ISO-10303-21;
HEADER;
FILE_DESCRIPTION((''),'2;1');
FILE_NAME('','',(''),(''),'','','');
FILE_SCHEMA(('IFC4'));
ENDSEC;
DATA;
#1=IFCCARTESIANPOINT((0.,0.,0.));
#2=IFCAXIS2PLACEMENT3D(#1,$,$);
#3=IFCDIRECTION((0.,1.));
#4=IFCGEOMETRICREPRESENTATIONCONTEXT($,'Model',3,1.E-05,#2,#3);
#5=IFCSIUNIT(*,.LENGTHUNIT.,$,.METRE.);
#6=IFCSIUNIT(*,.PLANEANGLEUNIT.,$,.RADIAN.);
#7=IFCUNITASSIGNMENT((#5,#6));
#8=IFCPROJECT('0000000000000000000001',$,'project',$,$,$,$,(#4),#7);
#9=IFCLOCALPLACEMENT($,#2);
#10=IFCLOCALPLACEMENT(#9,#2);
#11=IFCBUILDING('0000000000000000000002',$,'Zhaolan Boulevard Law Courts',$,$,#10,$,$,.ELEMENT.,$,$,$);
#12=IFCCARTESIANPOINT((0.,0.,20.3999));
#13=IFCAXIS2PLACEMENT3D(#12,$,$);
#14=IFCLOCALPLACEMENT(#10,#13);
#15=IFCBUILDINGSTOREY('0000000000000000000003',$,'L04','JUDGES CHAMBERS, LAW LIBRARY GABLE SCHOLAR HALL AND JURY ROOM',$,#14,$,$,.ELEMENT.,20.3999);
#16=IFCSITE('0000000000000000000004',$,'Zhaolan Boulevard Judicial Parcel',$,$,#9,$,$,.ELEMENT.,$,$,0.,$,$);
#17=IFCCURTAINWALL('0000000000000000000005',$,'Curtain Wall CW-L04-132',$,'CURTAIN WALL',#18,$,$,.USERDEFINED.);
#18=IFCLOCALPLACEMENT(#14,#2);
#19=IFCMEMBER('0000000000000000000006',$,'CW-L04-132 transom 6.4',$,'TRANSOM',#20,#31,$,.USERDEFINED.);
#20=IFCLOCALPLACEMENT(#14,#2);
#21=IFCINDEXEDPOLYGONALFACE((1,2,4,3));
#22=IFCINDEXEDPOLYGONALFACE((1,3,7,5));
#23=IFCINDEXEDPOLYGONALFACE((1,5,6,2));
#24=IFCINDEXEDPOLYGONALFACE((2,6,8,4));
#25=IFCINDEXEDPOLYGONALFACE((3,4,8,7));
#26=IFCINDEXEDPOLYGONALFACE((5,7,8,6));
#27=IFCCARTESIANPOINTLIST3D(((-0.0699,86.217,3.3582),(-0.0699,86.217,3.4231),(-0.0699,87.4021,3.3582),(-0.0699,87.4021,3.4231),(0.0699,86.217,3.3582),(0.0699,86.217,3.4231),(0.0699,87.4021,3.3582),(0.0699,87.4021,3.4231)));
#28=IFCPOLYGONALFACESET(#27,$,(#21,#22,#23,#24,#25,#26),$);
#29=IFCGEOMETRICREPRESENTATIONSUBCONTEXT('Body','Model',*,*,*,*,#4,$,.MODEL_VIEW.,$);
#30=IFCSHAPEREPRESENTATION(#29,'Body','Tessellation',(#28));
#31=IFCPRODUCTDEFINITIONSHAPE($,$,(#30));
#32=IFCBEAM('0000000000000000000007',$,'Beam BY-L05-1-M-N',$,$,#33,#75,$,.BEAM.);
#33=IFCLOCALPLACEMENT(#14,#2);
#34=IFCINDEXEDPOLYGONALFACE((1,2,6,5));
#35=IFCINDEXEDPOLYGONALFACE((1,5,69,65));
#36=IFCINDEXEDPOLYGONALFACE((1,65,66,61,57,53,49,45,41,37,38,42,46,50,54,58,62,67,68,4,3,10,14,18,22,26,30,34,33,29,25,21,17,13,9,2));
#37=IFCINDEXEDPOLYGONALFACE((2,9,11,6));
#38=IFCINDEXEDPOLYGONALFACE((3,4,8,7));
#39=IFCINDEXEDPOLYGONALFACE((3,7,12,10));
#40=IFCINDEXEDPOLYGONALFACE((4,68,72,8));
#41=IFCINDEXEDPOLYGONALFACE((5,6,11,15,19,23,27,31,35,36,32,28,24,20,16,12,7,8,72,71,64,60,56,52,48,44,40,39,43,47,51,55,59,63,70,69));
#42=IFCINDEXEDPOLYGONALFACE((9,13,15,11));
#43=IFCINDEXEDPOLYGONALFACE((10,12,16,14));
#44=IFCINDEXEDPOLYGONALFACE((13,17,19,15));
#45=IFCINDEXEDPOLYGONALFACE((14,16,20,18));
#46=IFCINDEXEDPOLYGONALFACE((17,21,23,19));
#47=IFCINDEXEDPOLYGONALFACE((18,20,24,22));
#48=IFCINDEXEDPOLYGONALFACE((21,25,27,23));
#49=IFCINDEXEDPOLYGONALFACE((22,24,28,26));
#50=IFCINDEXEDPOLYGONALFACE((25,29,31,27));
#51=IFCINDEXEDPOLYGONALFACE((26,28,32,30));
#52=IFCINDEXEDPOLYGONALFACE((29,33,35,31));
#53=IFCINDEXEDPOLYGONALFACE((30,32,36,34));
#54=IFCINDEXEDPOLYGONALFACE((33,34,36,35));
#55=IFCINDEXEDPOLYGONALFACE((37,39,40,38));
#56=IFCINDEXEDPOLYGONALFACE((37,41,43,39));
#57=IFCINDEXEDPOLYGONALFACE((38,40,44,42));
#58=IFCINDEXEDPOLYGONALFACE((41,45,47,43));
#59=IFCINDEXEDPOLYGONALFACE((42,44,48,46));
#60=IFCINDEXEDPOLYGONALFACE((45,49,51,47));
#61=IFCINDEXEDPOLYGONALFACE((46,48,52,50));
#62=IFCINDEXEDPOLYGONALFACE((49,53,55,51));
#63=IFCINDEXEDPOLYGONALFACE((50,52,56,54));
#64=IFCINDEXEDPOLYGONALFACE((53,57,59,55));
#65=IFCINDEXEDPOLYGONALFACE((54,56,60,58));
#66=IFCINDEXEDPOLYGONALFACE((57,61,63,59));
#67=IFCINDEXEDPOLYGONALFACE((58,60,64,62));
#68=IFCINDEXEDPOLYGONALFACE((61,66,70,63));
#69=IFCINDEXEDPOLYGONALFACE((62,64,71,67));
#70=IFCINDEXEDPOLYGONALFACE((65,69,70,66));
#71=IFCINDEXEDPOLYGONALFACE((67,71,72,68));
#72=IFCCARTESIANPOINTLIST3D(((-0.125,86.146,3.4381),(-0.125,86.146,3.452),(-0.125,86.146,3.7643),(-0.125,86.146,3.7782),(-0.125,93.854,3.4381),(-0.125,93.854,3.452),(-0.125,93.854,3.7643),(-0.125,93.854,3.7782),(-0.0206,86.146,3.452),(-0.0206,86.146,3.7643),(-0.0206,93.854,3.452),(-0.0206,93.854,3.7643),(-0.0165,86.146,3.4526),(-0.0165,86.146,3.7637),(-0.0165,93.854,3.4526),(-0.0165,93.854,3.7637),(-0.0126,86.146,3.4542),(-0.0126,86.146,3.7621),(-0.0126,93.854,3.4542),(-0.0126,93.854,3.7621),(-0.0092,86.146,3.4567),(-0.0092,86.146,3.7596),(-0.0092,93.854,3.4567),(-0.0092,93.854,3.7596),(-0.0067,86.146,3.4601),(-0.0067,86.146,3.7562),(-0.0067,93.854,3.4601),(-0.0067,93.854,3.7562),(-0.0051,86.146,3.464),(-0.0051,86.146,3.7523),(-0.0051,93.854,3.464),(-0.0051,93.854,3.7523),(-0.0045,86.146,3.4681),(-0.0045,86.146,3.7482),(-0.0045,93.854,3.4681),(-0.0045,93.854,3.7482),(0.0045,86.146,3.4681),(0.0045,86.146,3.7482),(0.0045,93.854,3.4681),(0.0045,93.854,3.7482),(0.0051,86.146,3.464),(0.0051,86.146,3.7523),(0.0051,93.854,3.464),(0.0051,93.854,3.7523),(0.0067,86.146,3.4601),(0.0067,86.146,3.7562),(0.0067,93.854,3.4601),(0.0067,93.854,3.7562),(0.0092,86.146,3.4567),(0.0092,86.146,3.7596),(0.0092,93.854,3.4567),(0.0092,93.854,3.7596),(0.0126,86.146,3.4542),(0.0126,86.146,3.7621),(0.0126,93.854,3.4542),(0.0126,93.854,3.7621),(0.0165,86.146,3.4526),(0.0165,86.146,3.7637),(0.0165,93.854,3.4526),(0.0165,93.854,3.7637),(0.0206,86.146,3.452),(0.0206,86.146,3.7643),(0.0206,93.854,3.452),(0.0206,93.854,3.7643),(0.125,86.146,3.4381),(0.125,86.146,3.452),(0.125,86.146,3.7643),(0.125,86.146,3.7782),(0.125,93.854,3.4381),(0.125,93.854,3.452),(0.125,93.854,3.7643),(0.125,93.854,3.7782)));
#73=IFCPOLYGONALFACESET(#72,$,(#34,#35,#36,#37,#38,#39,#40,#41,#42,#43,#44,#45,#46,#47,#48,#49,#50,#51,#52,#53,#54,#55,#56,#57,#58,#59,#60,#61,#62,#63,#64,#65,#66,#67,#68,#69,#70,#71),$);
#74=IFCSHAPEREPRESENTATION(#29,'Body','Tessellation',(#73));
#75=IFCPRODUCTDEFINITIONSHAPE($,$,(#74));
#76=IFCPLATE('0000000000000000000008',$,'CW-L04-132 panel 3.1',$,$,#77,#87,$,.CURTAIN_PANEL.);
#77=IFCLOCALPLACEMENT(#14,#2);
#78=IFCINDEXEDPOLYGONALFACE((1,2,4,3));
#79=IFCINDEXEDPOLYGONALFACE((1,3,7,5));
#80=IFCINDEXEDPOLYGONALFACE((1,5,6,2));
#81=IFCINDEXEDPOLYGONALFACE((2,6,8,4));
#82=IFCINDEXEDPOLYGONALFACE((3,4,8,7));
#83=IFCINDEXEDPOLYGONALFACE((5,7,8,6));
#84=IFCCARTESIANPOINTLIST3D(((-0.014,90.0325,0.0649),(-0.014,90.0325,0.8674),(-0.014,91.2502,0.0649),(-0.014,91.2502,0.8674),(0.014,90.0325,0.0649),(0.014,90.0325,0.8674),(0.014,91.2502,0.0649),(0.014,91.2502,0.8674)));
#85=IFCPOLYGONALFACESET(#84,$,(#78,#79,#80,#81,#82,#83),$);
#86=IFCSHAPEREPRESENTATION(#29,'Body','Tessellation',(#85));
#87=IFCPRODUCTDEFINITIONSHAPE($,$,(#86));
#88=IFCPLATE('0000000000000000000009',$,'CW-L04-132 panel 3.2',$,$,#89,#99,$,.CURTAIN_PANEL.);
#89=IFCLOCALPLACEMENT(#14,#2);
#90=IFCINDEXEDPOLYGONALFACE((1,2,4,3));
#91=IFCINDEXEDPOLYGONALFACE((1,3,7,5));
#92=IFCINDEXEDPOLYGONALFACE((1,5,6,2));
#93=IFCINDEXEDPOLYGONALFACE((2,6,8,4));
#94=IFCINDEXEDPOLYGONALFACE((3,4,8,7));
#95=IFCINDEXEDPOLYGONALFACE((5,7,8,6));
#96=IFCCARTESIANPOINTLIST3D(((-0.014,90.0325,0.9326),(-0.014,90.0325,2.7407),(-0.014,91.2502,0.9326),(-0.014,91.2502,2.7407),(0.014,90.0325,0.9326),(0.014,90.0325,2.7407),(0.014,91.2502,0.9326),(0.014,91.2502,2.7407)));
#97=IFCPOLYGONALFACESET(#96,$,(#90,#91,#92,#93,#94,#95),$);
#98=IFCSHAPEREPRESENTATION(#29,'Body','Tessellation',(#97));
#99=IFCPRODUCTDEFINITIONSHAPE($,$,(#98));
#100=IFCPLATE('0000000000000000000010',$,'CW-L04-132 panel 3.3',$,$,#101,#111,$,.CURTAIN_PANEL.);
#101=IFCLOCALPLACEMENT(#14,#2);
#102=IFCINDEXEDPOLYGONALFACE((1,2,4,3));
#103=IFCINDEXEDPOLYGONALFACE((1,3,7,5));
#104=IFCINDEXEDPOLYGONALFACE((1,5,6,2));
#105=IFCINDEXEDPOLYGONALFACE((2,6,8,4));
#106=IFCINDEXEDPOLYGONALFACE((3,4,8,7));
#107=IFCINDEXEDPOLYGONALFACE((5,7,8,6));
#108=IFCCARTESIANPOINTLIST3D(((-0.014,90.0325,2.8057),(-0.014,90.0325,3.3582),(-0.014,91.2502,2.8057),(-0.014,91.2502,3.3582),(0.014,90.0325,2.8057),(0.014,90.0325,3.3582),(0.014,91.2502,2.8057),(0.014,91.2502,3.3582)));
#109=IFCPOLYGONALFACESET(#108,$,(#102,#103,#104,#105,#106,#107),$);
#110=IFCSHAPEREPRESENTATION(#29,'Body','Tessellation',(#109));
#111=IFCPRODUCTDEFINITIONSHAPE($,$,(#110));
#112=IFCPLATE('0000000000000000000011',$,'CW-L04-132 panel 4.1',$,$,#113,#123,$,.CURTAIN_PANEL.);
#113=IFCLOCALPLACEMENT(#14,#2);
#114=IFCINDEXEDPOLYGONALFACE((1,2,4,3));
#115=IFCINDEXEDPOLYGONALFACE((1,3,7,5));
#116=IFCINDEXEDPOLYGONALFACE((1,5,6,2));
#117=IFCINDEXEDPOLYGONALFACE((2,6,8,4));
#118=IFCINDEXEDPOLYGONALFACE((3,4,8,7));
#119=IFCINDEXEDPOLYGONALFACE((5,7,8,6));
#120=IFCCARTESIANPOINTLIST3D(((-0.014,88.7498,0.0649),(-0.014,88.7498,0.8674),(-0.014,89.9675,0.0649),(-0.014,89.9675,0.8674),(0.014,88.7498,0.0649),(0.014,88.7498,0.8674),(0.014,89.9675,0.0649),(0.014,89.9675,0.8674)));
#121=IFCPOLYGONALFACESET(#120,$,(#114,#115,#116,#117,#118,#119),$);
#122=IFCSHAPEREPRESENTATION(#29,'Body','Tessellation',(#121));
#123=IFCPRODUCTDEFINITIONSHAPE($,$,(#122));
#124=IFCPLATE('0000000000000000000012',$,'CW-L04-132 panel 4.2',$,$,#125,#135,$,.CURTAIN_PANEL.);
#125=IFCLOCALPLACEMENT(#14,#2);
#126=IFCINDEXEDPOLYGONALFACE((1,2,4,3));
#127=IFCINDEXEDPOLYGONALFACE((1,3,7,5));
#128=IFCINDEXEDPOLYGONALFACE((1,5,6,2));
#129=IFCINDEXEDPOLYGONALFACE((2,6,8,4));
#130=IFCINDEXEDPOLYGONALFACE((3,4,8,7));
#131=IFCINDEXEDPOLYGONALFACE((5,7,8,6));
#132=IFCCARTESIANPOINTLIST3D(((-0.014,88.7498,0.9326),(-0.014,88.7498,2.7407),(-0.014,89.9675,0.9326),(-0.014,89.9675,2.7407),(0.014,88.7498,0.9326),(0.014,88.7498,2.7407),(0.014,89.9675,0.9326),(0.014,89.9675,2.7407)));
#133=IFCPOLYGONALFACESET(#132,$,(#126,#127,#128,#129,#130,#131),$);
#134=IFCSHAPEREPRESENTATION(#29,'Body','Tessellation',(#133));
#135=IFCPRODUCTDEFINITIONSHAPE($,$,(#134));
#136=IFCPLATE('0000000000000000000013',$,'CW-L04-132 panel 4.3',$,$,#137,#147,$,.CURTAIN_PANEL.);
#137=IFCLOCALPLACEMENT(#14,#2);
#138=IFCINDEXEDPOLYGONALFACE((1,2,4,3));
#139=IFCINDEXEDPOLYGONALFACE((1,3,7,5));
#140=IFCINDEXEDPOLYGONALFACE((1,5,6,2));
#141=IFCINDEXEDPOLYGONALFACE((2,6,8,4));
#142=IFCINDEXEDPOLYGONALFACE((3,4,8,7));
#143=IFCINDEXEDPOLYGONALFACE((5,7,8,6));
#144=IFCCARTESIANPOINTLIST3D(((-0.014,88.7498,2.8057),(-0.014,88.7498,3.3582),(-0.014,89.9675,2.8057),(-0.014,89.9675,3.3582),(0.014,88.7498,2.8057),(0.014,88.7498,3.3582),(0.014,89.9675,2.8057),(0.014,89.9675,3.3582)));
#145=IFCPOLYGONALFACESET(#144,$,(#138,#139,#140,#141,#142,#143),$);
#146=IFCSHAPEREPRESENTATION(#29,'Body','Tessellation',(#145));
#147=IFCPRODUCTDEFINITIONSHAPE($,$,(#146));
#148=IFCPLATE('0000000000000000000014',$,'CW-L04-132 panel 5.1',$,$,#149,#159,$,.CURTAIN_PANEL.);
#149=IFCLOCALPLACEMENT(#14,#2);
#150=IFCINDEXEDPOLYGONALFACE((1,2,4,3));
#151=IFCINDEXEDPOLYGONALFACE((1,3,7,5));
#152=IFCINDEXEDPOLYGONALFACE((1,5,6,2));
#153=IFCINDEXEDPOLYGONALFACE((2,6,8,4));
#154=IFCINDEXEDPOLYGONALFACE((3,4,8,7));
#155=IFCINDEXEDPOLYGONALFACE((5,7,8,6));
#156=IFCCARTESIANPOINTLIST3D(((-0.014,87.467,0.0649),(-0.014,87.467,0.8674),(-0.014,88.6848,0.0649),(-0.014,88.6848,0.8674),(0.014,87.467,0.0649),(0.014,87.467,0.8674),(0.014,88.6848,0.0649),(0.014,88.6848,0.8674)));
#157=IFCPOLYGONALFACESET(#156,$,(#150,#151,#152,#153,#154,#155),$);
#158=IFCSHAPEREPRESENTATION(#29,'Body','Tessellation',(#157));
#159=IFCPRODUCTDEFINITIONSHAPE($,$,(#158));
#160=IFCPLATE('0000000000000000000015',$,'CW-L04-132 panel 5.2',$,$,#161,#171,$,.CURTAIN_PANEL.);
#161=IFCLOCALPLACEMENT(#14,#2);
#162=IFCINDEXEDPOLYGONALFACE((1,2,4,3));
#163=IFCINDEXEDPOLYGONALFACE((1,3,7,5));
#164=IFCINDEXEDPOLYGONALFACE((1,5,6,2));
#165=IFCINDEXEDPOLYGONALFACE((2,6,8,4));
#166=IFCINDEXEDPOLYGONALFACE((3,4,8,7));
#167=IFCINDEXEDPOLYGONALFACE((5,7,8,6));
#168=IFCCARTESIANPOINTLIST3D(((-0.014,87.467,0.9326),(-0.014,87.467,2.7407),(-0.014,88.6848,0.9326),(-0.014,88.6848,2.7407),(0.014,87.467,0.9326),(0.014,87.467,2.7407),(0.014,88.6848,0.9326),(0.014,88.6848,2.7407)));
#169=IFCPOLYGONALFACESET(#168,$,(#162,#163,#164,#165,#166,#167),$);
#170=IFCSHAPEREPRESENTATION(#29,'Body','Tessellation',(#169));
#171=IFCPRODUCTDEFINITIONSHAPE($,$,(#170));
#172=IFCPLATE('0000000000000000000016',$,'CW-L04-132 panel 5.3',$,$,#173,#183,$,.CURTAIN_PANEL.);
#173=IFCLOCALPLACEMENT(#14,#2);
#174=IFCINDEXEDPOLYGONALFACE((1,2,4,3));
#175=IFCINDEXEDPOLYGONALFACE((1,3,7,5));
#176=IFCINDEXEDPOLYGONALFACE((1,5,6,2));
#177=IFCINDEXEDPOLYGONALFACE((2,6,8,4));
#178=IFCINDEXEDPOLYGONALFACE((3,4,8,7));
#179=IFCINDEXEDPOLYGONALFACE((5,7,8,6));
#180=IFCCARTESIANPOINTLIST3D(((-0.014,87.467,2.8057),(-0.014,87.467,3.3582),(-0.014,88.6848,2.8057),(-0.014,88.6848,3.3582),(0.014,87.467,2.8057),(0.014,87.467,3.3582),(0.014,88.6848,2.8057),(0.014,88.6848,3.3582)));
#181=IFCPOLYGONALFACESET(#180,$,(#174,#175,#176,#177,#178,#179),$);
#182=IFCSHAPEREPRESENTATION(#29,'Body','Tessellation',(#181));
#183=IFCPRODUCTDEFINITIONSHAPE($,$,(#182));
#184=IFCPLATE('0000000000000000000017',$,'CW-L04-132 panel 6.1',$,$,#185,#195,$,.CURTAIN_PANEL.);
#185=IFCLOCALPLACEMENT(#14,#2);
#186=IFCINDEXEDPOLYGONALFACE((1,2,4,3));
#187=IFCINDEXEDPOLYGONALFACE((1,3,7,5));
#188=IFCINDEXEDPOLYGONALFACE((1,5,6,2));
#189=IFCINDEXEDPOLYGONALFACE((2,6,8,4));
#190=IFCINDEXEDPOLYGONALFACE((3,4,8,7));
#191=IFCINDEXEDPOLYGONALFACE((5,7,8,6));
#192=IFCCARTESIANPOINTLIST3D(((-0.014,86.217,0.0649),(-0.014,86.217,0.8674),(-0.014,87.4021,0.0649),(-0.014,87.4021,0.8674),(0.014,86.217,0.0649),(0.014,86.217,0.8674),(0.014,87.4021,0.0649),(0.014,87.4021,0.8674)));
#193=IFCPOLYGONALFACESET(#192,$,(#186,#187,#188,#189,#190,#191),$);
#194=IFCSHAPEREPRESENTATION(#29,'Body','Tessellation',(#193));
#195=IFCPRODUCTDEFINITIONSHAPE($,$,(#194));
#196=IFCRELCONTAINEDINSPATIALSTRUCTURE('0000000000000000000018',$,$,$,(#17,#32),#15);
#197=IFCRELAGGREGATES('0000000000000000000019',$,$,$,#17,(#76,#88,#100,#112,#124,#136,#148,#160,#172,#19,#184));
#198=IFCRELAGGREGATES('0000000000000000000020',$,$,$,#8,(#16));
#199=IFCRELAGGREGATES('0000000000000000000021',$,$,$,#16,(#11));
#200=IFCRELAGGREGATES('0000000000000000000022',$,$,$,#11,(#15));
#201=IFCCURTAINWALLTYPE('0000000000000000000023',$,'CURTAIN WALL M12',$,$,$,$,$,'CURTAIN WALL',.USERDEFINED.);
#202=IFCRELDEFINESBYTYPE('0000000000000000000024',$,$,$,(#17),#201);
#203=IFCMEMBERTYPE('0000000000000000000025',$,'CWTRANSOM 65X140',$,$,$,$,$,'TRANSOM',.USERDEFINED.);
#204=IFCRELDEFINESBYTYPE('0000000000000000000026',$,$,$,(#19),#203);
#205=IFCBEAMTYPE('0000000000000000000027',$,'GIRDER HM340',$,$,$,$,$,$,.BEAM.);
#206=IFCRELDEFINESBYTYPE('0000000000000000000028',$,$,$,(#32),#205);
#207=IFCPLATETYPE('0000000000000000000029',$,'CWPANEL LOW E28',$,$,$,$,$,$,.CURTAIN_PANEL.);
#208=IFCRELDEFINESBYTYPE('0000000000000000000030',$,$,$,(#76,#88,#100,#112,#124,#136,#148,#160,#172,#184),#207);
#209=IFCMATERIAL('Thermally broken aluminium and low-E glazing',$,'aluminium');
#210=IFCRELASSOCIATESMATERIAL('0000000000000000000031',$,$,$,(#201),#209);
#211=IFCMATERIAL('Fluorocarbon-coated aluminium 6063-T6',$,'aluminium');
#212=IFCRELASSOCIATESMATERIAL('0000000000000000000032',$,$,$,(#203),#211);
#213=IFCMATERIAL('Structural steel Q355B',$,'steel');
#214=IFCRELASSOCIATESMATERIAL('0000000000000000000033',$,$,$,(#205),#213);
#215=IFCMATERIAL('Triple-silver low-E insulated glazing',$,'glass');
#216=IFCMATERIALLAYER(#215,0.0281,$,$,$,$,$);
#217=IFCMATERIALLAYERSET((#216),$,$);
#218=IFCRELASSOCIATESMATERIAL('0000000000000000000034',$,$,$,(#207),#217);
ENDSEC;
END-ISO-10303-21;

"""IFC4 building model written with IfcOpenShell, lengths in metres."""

from ifc_helpers import new_model, si_unit, direction, frame, origin, origin_2d, place, context, subcontext, project, spatial, rectangle, i_section, extrude, material, layer, layer_set, material_profile, profile_set, type_object, element, aggregate, save


model = new_model("IFC4")

# Units and contexts
model_context = context("Model", 3, precision=1e-05, world=origin(), true_north=direction((0.0, 1.0)))
body_context = subcontext(model_context, "Body", "Model", "MODEL_VIEW")
ifc_project = project(units=[si_unit("LENGTHUNIT", "METRE"), si_unit("PLANEANGLEUNIT", "RADIAN")], contexts=[model_context])

# Site, building, storey
site_placement = place(None, origin())
site = spatial("IfcSite", under=ifc_project, at=site_placement, Name="Zhaolan Boulevard Judicial Parcel", CompositionType="ELEMENT", RefElevation=0.0)
building_placement = place(site_placement, origin())
building = spatial("IfcBuilding", under=site, at=building_placement, Name="Zhaolan Boulevard Law Courts", CompositionType="ELEMENT")
storey_placement = place(building_placement, frame((0.0, 0.0, 20.3999)))
storey = spatial("IfcBuildingStorey", under=building, at=storey_placement, Name="L04", Description="JUDGES CHAMBERS, LAW LIBRARY GABLE SCHOLAR HALL AND JURY ROOM", CompositionType="ELEMENT", Elevation=20.3999)

# Curtain wall, member
ifc_material_1 = material(Name="Thermally broken aluminium and low-E glazing", Category="aluminium")
curtain_wall_type = type_object("IfcCurtainWallType", Name="CURTAIN WALL M12", ElementType="CURTAIN WALL", PredefinedType="USERDEFINED", material=ifc_material_1)
curtain_wall_placement = place(storey_placement, origin())
curtain_wall = element("IfcCurtainWall", 1, at=curtain_wall_placement, inside=storey, type_object=curtain_wall_type, Name="Curtain Wall CW-L04-132", ObjectType="CURTAIN WALL", PredefinedType="USERDEFINED")
ifc_material_2 = material(Name="Fluorocarbon-coated aluminium 6063-T6", Category="aluminium")
ifc_material_profile_1 = material_profile(ifc_material_2, rectangle(XDim=0.1399, YDim=0.0649, at=origin_2d()), Name="AL65x140")
ifc_profile_set_1 = profile_set([ifc_material_profile_1], Name="Fluorocarbon-coated aluminium 6063-T6")
member_type_1 = type_object("IfcMemberType", Name="CWTRANSOM 65X140", ElementType="TRANSOM", PredefinedType="USERDEFINED", material=ifc_profile_set_1)
member_1_placement = place(storey_placement, frame((0.0, 87.4021, 3.3906), z_axis=(0.0, -1.0, 0.0), x_axis=(1.0, 0.0, 0.0)))
member_1 = element("IfcMember", 2, at=member_1_placement, type_object=member_type_1, Name="CW-L04-132 transom 6.4", ObjectType="TRANSOM", PredefinedType="USERDEFINED", context=body_context, shape_type="SweptSolid", body=[
    extrude(rectangle(XDim=0.1399, YDim=0.0649, at=origin_2d()), origin(), (0.0, 0.0, 1.0), 1.1851),
])

# Beam
ifc_material_3 = material(Name="Structural steel Q355B", Category="steel")
ifc_material_profile_2 = material_profile(ifc_material_3, i_section(OverallWidth=0.25, OverallDepth=0.3401, WebThickness=0.009, FlangeThickness=0.0139, FilletRadius=0.0161, at=origin_2d()), Name="HM340x250")
ifc_profile_set_2 = profile_set([ifc_material_profile_2], Name="Structural steel Q355B")
beam_type = type_object("IfcBeamType", Name="GIRDER HM340", PredefinedType="BEAM", material=ifc_profile_set_2)
beam_placement = place(storey_placement, frame((0.0, 86.146, 3.6082), z_axis=(0.0, 1.0, 0.0), x_axis=(-1.0, 0.0, 0.0)))
element("IfcBeam", 3, at=beam_placement, inside=storey, type_object=beam_type, Name="Beam BY-L05-1-M-N", PredefinedType="BEAM", context=body_context, shape_type="SweptSolid", body=[
    extrude(i_section(OverallWidth=0.25, OverallDepth=0.3401, WebThickness=0.009, FlangeThickness=0.0139, FilletRadius=0.0161, at=origin_2d()), origin(), (0.0, 0.0, 1.0), 7.708),
])

# Plates
ifc_material_4 = material(Name="Triple-silver low-E insulated glazing", Category="glass")
ifc_layer = layer(ifc_material_4, 0.0281)
ifc_layer_set = layer_set([ifc_layer])
plate_type = type_object("IfcPlateType", Name="CWPANEL LOW E28", PredefinedType="CURTAIN_PANEL", material=ifc_layer_set)
plate_1_placement = place(storey_placement, frame((0.0, 90.6414, 0.0649), z_axis=(0.0, 0.0, 1.0), x_axis=(0.0, -1.0, 0.0)))
plate_1 = element("IfcPlate", 4, at=plate_1_placement, type_object=plate_type, Name="CW-L04-132 panel 3.1", PredefinedType="CURTAIN_PANEL", context=body_context, shape_type="SweptSolid", body=[
    extrude(rectangle(XDim=1.2178, YDim=0.0281, at=origin_2d()), origin(), (0.0, 0.0, 1.0), 0.8025),
])
plate_2_placement = place(storey_placement, frame((0.0, 90.6414, 0.9326), z_axis=(0.0, 0.0, 1.0), x_axis=(0.0, -1.0, 0.0)))
plate_2 = element("IfcPlate", 5, at=plate_2_placement, type_object=plate_type, Name="CW-L04-132 panel 3.2", PredefinedType="CURTAIN_PANEL", context=body_context, shape_type="SweptSolid", body=[
    extrude(rectangle(XDim=1.2178, YDim=0.0281, at=origin_2d()), origin(), (0.0, 0.0, 1.0), 1.8081),
])
plate_3_placement = place(storey_placement, frame((0.0, 90.6414, 2.8057), z_axis=(0.0, 0.0, 1.0), x_axis=(0.0, -1.0, 0.0)))
plate_3 = element("IfcPlate", 6, at=plate_3_placement, type_object=plate_type, Name="CW-L04-132 panel 3.3", PredefinedType="CURTAIN_PANEL", context=body_context, shape_type="SweptSolid", body=[
    extrude(rectangle(XDim=1.2178, YDim=0.0281, at=origin_2d()), origin(), (0.0, 0.0, 1.0), 0.5525),
])
plate_4_placement = place(storey_placement, frame((0.0, 89.3586, 0.0649), z_axis=(0.0, 0.0, 1.0), x_axis=(0.0, -1.0, 0.0)))
plate_4 = element("IfcPlate", 7, at=plate_4_placement, type_object=plate_type, Name="CW-L04-132 panel 4.1", PredefinedType="CURTAIN_PANEL", context=body_context, shape_type="SweptSolid", body=[
    extrude(rectangle(XDim=1.2178, YDim=0.0281, at=origin_2d()), origin(), (0.0, 0.0, 1.0), 0.8025),
])
plate_5_placement = place(storey_placement, frame((0.0, 89.3586, 0.9326), z_axis=(0.0, 0.0, 1.0), x_axis=(0.0, -1.0, 0.0)))
plate_5 = element("IfcPlate", 8, at=plate_5_placement, type_object=plate_type, Name="CW-L04-132 panel 4.2", PredefinedType="CURTAIN_PANEL", context=body_context, shape_type="SweptSolid", body=[
    extrude(rectangle(XDim=1.2178, YDim=0.0281, at=origin_2d()), origin(), (0.0, 0.0, 1.0), 1.8081),
])
plate_6_placement = place(storey_placement, frame((0.0, 89.3586, 2.8057), z_axis=(0.0, 0.0, 1.0), x_axis=(0.0, -1.0, 0.0)))
plate_6 = element("IfcPlate", 9, at=plate_6_placement, type_object=plate_type, Name="CW-L04-132 panel 4.3", PredefinedType="CURTAIN_PANEL", context=body_context, shape_type="SweptSolid", body=[
    extrude(rectangle(XDim=1.2178, YDim=0.0281, at=origin_2d()), origin(), (0.0, 0.0, 1.0), 0.5525),
])
plate_7_placement = place(storey_placement, frame((0.0, 88.0759, 0.0649), z_axis=(0.0, 0.0, 1.0), x_axis=(0.0, -1.0, 0.0)))
plate_7 = element("IfcPlate", 10, at=plate_7_placement, type_object=plate_type, Name="CW-L04-132 panel 5.1", PredefinedType="CURTAIN_PANEL", context=body_context, shape_type="SweptSolid", body=[
    extrude(rectangle(XDim=1.2178, YDim=0.0281, at=origin_2d()), origin(), (0.0, 0.0, 1.0), 0.8025),
])
plate_8_placement = place(storey_placement, frame((0.0, 88.0759, 0.9326), z_axis=(0.0, 0.0, 1.0), x_axis=(0.0, -1.0, 0.0)))
plate_8 = element("IfcPlate", 11, at=plate_8_placement, type_object=plate_type, Name="CW-L04-132 panel 5.2", PredefinedType="CURTAIN_PANEL", context=body_context, shape_type="SweptSolid", body=[
    extrude(rectangle(XDim=1.2178, YDim=0.0281, at=origin_2d()), origin(), (0.0, 0.0, 1.0), 1.8081),
])
plate_9_placement = place(storey_placement, frame((0.0, 88.0759, 2.8057), z_axis=(0.0, 0.0, 1.0), x_axis=(0.0, -1.0, 0.0)))
plate_9 = element("IfcPlate", 12, at=plate_9_placement, type_object=plate_type, Name="CW-L04-132 panel 5.3", PredefinedType="CURTAIN_PANEL", context=body_context, shape_type="SweptSolid", body=[
    extrude(rectangle(XDim=1.2178, YDim=0.0281, at=origin_2d()), origin(), (0.0, 0.0, 1.0), 0.5525),
])
plate_10_placement = place(storey_placement, frame((0.0, 86.8096, 0.0649), z_axis=(0.0, 0.0, 1.0), x_axis=(0.0, -1.0, 0.0)))
plate_10 = element("IfcPlate", 13, at=plate_10_placement, type_object=plate_type, Name="CW-L04-132 panel 6.1", PredefinedType="CURTAIN_PANEL", context=body_context, shape_type="SweptSolid", body=[
    extrude(rectangle(XDim=1.1851, YDim=0.0281, at=origin_2d()), origin(), (0.0, 0.0, 1.0), 0.8025),
])
aggregate(curtain_wall, [plate_1, plate_2, plate_3, plate_4, plate_5, plate_6, plate_7, plate_8, plate_9, member_1, plate_10])

save(model, "model.ifc")
